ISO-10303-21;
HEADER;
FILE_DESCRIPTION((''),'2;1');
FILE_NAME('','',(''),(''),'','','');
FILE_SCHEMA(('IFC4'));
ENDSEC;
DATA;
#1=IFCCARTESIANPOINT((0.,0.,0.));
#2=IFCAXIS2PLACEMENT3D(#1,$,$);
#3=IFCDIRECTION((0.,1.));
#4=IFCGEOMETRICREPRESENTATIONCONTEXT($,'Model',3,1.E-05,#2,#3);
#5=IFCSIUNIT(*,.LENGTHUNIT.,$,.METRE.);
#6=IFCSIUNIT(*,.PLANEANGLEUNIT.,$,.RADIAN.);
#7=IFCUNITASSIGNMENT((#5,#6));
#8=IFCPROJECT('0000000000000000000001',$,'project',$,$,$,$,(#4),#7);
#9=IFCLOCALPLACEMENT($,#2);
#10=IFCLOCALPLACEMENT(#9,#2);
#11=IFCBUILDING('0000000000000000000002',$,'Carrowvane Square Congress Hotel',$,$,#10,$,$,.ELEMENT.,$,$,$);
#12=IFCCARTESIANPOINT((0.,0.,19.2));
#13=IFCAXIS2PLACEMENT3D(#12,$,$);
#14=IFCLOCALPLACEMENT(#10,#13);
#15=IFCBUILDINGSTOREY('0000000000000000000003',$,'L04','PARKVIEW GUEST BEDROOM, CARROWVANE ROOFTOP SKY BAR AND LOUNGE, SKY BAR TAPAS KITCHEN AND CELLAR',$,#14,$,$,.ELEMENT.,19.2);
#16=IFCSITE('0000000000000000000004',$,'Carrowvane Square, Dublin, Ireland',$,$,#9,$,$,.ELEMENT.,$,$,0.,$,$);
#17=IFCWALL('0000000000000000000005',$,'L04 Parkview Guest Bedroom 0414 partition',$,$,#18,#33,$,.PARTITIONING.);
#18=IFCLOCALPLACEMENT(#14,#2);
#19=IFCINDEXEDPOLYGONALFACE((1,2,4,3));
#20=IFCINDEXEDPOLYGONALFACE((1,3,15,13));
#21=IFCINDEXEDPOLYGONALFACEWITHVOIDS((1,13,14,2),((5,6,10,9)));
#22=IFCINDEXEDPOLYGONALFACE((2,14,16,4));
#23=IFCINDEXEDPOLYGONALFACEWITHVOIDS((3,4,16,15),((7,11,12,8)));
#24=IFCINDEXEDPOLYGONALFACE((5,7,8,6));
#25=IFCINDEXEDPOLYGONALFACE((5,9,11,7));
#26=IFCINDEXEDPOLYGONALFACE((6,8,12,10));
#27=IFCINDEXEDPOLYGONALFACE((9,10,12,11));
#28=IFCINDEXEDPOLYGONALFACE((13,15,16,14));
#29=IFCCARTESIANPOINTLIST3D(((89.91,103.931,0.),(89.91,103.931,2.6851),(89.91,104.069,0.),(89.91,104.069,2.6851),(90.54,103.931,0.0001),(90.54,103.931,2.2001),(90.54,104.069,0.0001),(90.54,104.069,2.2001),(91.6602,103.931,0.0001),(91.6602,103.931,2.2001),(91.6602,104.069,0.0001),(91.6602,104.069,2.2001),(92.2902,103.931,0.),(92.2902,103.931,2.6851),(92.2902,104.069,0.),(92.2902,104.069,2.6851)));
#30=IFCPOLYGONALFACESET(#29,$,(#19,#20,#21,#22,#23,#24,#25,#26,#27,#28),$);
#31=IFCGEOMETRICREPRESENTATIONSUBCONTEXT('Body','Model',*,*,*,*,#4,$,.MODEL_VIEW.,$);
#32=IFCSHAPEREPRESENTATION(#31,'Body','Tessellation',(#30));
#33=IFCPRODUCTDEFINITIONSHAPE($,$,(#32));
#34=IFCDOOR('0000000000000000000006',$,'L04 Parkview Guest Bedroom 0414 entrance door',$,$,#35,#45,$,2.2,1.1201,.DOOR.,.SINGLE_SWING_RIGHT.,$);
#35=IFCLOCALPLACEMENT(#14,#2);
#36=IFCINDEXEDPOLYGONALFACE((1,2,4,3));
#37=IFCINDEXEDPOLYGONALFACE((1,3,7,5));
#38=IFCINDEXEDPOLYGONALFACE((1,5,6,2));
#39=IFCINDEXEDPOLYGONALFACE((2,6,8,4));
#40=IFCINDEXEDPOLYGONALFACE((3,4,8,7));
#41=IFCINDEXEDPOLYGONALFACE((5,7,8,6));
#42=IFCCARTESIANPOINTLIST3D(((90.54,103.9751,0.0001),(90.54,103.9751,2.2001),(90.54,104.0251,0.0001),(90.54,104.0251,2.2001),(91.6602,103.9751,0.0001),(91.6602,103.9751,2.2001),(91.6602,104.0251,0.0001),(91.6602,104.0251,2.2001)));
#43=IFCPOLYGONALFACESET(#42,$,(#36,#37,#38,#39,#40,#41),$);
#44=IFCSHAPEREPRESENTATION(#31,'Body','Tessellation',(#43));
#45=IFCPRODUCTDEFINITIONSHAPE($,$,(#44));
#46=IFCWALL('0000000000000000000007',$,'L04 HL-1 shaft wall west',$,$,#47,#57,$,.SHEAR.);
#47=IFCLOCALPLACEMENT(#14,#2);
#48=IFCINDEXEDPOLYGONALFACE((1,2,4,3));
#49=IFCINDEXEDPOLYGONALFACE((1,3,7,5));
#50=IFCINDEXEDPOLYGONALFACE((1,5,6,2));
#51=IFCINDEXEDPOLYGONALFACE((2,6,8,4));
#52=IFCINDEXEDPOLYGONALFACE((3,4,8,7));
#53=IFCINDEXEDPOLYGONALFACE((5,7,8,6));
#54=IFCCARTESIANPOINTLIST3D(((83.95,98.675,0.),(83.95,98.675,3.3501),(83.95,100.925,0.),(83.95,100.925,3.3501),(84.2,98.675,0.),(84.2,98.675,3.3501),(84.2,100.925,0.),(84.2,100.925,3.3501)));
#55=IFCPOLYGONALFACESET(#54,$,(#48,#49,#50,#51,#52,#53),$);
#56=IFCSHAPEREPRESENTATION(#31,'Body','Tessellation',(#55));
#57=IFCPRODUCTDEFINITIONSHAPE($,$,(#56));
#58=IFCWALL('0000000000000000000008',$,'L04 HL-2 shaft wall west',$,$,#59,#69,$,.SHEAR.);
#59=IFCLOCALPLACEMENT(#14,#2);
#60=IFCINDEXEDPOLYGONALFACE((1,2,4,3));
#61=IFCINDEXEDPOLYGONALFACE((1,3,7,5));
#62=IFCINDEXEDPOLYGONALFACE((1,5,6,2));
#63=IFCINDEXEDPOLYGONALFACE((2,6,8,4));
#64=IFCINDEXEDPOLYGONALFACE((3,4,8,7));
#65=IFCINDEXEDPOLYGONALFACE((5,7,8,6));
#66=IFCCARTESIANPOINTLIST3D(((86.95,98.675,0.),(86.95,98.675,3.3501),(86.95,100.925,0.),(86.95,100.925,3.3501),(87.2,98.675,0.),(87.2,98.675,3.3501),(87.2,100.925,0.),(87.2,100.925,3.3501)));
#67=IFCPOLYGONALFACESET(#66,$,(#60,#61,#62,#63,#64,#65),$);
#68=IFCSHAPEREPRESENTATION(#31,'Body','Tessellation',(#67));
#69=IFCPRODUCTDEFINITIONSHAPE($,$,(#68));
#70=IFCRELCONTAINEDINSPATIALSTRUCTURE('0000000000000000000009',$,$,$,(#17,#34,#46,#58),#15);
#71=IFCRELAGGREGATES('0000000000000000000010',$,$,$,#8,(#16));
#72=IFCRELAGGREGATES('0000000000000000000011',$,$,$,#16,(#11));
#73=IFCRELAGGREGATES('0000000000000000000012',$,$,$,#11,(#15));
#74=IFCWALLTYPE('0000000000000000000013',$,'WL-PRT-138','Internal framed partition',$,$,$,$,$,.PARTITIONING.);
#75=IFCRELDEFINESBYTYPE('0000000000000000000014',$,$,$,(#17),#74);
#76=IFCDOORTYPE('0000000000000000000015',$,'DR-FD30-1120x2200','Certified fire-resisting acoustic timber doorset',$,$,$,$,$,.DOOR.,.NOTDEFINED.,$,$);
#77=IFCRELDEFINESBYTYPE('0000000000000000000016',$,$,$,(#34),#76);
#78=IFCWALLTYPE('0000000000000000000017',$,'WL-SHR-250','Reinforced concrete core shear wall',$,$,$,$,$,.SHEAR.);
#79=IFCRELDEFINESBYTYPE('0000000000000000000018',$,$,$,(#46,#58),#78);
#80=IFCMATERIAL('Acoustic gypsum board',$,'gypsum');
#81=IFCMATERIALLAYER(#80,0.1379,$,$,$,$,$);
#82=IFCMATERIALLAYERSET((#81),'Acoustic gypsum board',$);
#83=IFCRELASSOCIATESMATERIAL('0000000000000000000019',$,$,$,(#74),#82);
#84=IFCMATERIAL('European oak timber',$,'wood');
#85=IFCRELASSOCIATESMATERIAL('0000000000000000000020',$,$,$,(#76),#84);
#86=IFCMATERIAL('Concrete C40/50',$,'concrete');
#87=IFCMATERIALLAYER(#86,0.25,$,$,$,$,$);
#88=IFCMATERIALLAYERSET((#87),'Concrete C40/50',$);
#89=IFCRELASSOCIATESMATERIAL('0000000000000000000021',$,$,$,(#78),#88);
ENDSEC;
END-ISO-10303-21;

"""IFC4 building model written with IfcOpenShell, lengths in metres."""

from ifc_helpers import new_model, si_unit, direction, frame, frame_2d, origin, place, context, subcontext, project, spatial, rectangle, extrude, material, layer, layer_set, type_object, element, fill, save


model = new_model("IFC4")

# Units and contexts
model_context = context("Model", 3, precision=1e-05, world=origin(), true_north=direction((0.0, 1.0)))
body_context = subcontext(model_context, "Body", "Model", "MODEL_VIEW")
ifc_project = project(units=[si_unit("LENGTHUNIT", "METRE"), si_unit("PLANEANGLEUNIT", "RADIAN")], contexts=[model_context])

# Site, building, storey
site_placement = place(None, origin())
site = spatial("IfcSite", under=ifc_project, at=site_placement, Name="Carrowvane Square, Dublin, Ireland", CompositionType="ELEMENT", RefElevation=0.0)
building_placement = place(site_placement, origin())
building = spatial("IfcBuilding", under=site, at=building_placement, Name="Carrowvane Square Congress Hotel", CompositionType="ELEMENT")
storey_placement = place(building_placement, frame((0.0, 0.0, 19.2)))
storey = spatial("IfcBuildingStorey", under=building, at=storey_placement, Name="L04", Description="PARKVIEW GUEST BEDROOM, CARROWVANE ROOFTOP SKY BAR AND LOUNGE, SKY BAR TAPAS KITCHEN AND CELLAR", CompositionType="ELEMENT", Elevation=19.2)

# Wall, opening, door
ifc_material_1 = material(Name="Acoustic gypsum board", Category="gypsum")
ifc_layer_1 = layer(ifc_material_1, 0.1379)
ifc_layer_set_1 = layer_set([ifc_layer_1], Name="Acoustic gypsum board")
wall_type_1 = type_object("IfcWallType", Name="WL-PRT-138", Description="Internal framed partition", PredefinedType="PARTITIONING", material=ifc_layer_set_1)
wall_1_placement = place(storey_placement, frame((92.29, 104.0, 0.0), z_axis=(0.0, 0.0, 1.0), x_axis=(-1.0, 0.0, 0.0)))
wall_1 = element("IfcWall", 1, at=wall_1_placement, inside=storey, type_object=wall_type_1, Name="L04 Parkview Guest Bedroom 0414 partition", PredefinedType="PARTITIONING", context=body_context, shape_type="SweptSolid", body=[
    extrude(rectangle(XDim=2.3801, YDim=0.1379, at=frame_2d((1.1899, 0.0))), origin(), (0.0, 0.0, 1.0), 2.6851),
])
opening_1_placement = place(wall_1_placement, frame((0.6299, 0.0, 0.0)))
opening_1 = element("IfcOpeningElement", 2, at=opening_1_placement, cuts=wall_1, PredefinedType="OPENING", context=body_context, shape_type="SweptSolid", body=[
    extrude(rectangle(XDim=1.1201, YDim=2.2, at=frame_2d((0.5601, 1.1001))), frame((0.0, 0.0789, 0.0), z_axis=(0.0, -1.0, 0.0), x_axis=(1.0, 0.0, 0.0)), (0.0, 0.0, 1.0), 0.158),
])
ifc_material_2 = material(Name="European oak timber", Category="wood")
door_type_1 = type_object("IfcDoorType", Name="DR-FD30-1120x2200", Description="Certified fire-resisting acoustic timber doorset", OperationType="NOTDEFINED", PredefinedType="DOOR", material=ifc_material_2)
door_1_placement = place(opening_1_placement, origin())
door_1 = element("IfcDoor", 3, at=door_1_placement, inside=storey, type_object=door_type_1, Name="L04 Parkview Guest Bedroom 0414 entrance door", OperationType="SINGLE_SWING_RIGHT", OverallHeight=2.2, OverallWidth=1.1201, PredefinedType="DOOR", context=body_context, shape_type="SweptSolid", body=[
    extrude(rectangle(XDim=1.1201, YDim=2.2, at=frame_2d((0.5601, 1.1001))), frame((0.0, 0.0249, 0.0), z_axis=(0.0, -1.0, 0.0), x_axis=(1.0, 0.0, 0.0)), (0.0, 0.0, 1.0), 0.05),
])
fill(opening_1, door_1)
ifc_material_3 = material(Name="Concrete C40/50", Category="concrete")
ifc_layer_2 = layer(ifc_material_3, 0.25)
ifc_layer_set_2 = layer_set([ifc_layer_2], Name="Concrete C40/50")
wall_type_2 = type_object("IfcWallType", Name="WL-SHR-250", Description="Reinforced concrete core shear wall", PredefinedType="SHEAR", material=ifc_layer_set_2)

# Wall
wall_2_placement = place(storey_placement, frame((84.075, 100.925, 0.0), z_axis=(0.0, 0.0, 1.0), x_axis=(0.0, -1.0, 0.0)))
element("IfcWall", 4, at=wall_2_placement, inside=storey, type_object=wall_type_2, Name="L04 HL-1 shaft wall west", PredefinedType="SHEAR", context=body_context, shape_type="SweptSolid", body=[
    extrude(rectangle(XDim=2.25, YDim=0.25, at=frame_2d((1.125, 0.0))), origin(), (0.0, 0.0, 1.0), 3.3501),
])

# Wall
wall_3_placement = place(storey_placement, frame((87.075, 100.925, 0.0), z_axis=(0.0, 0.0, 1.0), x_axis=(0.0, -1.0, 0.0)))
element("IfcWall", 5, at=wall_3_placement, inside=storey, type_object=wall_type_2, Name="L04 HL-2 shaft wall west", PredefinedType="SHEAR", context=body_context, shape_type="SweptSolid", body=[
    extrude(rectangle(XDim=2.25, YDim=0.25, at=frame_2d((1.125, 0.0))), origin(), (0.0, 0.0, 1.0), 3.3501),
])

save(model, "model.ifc")
